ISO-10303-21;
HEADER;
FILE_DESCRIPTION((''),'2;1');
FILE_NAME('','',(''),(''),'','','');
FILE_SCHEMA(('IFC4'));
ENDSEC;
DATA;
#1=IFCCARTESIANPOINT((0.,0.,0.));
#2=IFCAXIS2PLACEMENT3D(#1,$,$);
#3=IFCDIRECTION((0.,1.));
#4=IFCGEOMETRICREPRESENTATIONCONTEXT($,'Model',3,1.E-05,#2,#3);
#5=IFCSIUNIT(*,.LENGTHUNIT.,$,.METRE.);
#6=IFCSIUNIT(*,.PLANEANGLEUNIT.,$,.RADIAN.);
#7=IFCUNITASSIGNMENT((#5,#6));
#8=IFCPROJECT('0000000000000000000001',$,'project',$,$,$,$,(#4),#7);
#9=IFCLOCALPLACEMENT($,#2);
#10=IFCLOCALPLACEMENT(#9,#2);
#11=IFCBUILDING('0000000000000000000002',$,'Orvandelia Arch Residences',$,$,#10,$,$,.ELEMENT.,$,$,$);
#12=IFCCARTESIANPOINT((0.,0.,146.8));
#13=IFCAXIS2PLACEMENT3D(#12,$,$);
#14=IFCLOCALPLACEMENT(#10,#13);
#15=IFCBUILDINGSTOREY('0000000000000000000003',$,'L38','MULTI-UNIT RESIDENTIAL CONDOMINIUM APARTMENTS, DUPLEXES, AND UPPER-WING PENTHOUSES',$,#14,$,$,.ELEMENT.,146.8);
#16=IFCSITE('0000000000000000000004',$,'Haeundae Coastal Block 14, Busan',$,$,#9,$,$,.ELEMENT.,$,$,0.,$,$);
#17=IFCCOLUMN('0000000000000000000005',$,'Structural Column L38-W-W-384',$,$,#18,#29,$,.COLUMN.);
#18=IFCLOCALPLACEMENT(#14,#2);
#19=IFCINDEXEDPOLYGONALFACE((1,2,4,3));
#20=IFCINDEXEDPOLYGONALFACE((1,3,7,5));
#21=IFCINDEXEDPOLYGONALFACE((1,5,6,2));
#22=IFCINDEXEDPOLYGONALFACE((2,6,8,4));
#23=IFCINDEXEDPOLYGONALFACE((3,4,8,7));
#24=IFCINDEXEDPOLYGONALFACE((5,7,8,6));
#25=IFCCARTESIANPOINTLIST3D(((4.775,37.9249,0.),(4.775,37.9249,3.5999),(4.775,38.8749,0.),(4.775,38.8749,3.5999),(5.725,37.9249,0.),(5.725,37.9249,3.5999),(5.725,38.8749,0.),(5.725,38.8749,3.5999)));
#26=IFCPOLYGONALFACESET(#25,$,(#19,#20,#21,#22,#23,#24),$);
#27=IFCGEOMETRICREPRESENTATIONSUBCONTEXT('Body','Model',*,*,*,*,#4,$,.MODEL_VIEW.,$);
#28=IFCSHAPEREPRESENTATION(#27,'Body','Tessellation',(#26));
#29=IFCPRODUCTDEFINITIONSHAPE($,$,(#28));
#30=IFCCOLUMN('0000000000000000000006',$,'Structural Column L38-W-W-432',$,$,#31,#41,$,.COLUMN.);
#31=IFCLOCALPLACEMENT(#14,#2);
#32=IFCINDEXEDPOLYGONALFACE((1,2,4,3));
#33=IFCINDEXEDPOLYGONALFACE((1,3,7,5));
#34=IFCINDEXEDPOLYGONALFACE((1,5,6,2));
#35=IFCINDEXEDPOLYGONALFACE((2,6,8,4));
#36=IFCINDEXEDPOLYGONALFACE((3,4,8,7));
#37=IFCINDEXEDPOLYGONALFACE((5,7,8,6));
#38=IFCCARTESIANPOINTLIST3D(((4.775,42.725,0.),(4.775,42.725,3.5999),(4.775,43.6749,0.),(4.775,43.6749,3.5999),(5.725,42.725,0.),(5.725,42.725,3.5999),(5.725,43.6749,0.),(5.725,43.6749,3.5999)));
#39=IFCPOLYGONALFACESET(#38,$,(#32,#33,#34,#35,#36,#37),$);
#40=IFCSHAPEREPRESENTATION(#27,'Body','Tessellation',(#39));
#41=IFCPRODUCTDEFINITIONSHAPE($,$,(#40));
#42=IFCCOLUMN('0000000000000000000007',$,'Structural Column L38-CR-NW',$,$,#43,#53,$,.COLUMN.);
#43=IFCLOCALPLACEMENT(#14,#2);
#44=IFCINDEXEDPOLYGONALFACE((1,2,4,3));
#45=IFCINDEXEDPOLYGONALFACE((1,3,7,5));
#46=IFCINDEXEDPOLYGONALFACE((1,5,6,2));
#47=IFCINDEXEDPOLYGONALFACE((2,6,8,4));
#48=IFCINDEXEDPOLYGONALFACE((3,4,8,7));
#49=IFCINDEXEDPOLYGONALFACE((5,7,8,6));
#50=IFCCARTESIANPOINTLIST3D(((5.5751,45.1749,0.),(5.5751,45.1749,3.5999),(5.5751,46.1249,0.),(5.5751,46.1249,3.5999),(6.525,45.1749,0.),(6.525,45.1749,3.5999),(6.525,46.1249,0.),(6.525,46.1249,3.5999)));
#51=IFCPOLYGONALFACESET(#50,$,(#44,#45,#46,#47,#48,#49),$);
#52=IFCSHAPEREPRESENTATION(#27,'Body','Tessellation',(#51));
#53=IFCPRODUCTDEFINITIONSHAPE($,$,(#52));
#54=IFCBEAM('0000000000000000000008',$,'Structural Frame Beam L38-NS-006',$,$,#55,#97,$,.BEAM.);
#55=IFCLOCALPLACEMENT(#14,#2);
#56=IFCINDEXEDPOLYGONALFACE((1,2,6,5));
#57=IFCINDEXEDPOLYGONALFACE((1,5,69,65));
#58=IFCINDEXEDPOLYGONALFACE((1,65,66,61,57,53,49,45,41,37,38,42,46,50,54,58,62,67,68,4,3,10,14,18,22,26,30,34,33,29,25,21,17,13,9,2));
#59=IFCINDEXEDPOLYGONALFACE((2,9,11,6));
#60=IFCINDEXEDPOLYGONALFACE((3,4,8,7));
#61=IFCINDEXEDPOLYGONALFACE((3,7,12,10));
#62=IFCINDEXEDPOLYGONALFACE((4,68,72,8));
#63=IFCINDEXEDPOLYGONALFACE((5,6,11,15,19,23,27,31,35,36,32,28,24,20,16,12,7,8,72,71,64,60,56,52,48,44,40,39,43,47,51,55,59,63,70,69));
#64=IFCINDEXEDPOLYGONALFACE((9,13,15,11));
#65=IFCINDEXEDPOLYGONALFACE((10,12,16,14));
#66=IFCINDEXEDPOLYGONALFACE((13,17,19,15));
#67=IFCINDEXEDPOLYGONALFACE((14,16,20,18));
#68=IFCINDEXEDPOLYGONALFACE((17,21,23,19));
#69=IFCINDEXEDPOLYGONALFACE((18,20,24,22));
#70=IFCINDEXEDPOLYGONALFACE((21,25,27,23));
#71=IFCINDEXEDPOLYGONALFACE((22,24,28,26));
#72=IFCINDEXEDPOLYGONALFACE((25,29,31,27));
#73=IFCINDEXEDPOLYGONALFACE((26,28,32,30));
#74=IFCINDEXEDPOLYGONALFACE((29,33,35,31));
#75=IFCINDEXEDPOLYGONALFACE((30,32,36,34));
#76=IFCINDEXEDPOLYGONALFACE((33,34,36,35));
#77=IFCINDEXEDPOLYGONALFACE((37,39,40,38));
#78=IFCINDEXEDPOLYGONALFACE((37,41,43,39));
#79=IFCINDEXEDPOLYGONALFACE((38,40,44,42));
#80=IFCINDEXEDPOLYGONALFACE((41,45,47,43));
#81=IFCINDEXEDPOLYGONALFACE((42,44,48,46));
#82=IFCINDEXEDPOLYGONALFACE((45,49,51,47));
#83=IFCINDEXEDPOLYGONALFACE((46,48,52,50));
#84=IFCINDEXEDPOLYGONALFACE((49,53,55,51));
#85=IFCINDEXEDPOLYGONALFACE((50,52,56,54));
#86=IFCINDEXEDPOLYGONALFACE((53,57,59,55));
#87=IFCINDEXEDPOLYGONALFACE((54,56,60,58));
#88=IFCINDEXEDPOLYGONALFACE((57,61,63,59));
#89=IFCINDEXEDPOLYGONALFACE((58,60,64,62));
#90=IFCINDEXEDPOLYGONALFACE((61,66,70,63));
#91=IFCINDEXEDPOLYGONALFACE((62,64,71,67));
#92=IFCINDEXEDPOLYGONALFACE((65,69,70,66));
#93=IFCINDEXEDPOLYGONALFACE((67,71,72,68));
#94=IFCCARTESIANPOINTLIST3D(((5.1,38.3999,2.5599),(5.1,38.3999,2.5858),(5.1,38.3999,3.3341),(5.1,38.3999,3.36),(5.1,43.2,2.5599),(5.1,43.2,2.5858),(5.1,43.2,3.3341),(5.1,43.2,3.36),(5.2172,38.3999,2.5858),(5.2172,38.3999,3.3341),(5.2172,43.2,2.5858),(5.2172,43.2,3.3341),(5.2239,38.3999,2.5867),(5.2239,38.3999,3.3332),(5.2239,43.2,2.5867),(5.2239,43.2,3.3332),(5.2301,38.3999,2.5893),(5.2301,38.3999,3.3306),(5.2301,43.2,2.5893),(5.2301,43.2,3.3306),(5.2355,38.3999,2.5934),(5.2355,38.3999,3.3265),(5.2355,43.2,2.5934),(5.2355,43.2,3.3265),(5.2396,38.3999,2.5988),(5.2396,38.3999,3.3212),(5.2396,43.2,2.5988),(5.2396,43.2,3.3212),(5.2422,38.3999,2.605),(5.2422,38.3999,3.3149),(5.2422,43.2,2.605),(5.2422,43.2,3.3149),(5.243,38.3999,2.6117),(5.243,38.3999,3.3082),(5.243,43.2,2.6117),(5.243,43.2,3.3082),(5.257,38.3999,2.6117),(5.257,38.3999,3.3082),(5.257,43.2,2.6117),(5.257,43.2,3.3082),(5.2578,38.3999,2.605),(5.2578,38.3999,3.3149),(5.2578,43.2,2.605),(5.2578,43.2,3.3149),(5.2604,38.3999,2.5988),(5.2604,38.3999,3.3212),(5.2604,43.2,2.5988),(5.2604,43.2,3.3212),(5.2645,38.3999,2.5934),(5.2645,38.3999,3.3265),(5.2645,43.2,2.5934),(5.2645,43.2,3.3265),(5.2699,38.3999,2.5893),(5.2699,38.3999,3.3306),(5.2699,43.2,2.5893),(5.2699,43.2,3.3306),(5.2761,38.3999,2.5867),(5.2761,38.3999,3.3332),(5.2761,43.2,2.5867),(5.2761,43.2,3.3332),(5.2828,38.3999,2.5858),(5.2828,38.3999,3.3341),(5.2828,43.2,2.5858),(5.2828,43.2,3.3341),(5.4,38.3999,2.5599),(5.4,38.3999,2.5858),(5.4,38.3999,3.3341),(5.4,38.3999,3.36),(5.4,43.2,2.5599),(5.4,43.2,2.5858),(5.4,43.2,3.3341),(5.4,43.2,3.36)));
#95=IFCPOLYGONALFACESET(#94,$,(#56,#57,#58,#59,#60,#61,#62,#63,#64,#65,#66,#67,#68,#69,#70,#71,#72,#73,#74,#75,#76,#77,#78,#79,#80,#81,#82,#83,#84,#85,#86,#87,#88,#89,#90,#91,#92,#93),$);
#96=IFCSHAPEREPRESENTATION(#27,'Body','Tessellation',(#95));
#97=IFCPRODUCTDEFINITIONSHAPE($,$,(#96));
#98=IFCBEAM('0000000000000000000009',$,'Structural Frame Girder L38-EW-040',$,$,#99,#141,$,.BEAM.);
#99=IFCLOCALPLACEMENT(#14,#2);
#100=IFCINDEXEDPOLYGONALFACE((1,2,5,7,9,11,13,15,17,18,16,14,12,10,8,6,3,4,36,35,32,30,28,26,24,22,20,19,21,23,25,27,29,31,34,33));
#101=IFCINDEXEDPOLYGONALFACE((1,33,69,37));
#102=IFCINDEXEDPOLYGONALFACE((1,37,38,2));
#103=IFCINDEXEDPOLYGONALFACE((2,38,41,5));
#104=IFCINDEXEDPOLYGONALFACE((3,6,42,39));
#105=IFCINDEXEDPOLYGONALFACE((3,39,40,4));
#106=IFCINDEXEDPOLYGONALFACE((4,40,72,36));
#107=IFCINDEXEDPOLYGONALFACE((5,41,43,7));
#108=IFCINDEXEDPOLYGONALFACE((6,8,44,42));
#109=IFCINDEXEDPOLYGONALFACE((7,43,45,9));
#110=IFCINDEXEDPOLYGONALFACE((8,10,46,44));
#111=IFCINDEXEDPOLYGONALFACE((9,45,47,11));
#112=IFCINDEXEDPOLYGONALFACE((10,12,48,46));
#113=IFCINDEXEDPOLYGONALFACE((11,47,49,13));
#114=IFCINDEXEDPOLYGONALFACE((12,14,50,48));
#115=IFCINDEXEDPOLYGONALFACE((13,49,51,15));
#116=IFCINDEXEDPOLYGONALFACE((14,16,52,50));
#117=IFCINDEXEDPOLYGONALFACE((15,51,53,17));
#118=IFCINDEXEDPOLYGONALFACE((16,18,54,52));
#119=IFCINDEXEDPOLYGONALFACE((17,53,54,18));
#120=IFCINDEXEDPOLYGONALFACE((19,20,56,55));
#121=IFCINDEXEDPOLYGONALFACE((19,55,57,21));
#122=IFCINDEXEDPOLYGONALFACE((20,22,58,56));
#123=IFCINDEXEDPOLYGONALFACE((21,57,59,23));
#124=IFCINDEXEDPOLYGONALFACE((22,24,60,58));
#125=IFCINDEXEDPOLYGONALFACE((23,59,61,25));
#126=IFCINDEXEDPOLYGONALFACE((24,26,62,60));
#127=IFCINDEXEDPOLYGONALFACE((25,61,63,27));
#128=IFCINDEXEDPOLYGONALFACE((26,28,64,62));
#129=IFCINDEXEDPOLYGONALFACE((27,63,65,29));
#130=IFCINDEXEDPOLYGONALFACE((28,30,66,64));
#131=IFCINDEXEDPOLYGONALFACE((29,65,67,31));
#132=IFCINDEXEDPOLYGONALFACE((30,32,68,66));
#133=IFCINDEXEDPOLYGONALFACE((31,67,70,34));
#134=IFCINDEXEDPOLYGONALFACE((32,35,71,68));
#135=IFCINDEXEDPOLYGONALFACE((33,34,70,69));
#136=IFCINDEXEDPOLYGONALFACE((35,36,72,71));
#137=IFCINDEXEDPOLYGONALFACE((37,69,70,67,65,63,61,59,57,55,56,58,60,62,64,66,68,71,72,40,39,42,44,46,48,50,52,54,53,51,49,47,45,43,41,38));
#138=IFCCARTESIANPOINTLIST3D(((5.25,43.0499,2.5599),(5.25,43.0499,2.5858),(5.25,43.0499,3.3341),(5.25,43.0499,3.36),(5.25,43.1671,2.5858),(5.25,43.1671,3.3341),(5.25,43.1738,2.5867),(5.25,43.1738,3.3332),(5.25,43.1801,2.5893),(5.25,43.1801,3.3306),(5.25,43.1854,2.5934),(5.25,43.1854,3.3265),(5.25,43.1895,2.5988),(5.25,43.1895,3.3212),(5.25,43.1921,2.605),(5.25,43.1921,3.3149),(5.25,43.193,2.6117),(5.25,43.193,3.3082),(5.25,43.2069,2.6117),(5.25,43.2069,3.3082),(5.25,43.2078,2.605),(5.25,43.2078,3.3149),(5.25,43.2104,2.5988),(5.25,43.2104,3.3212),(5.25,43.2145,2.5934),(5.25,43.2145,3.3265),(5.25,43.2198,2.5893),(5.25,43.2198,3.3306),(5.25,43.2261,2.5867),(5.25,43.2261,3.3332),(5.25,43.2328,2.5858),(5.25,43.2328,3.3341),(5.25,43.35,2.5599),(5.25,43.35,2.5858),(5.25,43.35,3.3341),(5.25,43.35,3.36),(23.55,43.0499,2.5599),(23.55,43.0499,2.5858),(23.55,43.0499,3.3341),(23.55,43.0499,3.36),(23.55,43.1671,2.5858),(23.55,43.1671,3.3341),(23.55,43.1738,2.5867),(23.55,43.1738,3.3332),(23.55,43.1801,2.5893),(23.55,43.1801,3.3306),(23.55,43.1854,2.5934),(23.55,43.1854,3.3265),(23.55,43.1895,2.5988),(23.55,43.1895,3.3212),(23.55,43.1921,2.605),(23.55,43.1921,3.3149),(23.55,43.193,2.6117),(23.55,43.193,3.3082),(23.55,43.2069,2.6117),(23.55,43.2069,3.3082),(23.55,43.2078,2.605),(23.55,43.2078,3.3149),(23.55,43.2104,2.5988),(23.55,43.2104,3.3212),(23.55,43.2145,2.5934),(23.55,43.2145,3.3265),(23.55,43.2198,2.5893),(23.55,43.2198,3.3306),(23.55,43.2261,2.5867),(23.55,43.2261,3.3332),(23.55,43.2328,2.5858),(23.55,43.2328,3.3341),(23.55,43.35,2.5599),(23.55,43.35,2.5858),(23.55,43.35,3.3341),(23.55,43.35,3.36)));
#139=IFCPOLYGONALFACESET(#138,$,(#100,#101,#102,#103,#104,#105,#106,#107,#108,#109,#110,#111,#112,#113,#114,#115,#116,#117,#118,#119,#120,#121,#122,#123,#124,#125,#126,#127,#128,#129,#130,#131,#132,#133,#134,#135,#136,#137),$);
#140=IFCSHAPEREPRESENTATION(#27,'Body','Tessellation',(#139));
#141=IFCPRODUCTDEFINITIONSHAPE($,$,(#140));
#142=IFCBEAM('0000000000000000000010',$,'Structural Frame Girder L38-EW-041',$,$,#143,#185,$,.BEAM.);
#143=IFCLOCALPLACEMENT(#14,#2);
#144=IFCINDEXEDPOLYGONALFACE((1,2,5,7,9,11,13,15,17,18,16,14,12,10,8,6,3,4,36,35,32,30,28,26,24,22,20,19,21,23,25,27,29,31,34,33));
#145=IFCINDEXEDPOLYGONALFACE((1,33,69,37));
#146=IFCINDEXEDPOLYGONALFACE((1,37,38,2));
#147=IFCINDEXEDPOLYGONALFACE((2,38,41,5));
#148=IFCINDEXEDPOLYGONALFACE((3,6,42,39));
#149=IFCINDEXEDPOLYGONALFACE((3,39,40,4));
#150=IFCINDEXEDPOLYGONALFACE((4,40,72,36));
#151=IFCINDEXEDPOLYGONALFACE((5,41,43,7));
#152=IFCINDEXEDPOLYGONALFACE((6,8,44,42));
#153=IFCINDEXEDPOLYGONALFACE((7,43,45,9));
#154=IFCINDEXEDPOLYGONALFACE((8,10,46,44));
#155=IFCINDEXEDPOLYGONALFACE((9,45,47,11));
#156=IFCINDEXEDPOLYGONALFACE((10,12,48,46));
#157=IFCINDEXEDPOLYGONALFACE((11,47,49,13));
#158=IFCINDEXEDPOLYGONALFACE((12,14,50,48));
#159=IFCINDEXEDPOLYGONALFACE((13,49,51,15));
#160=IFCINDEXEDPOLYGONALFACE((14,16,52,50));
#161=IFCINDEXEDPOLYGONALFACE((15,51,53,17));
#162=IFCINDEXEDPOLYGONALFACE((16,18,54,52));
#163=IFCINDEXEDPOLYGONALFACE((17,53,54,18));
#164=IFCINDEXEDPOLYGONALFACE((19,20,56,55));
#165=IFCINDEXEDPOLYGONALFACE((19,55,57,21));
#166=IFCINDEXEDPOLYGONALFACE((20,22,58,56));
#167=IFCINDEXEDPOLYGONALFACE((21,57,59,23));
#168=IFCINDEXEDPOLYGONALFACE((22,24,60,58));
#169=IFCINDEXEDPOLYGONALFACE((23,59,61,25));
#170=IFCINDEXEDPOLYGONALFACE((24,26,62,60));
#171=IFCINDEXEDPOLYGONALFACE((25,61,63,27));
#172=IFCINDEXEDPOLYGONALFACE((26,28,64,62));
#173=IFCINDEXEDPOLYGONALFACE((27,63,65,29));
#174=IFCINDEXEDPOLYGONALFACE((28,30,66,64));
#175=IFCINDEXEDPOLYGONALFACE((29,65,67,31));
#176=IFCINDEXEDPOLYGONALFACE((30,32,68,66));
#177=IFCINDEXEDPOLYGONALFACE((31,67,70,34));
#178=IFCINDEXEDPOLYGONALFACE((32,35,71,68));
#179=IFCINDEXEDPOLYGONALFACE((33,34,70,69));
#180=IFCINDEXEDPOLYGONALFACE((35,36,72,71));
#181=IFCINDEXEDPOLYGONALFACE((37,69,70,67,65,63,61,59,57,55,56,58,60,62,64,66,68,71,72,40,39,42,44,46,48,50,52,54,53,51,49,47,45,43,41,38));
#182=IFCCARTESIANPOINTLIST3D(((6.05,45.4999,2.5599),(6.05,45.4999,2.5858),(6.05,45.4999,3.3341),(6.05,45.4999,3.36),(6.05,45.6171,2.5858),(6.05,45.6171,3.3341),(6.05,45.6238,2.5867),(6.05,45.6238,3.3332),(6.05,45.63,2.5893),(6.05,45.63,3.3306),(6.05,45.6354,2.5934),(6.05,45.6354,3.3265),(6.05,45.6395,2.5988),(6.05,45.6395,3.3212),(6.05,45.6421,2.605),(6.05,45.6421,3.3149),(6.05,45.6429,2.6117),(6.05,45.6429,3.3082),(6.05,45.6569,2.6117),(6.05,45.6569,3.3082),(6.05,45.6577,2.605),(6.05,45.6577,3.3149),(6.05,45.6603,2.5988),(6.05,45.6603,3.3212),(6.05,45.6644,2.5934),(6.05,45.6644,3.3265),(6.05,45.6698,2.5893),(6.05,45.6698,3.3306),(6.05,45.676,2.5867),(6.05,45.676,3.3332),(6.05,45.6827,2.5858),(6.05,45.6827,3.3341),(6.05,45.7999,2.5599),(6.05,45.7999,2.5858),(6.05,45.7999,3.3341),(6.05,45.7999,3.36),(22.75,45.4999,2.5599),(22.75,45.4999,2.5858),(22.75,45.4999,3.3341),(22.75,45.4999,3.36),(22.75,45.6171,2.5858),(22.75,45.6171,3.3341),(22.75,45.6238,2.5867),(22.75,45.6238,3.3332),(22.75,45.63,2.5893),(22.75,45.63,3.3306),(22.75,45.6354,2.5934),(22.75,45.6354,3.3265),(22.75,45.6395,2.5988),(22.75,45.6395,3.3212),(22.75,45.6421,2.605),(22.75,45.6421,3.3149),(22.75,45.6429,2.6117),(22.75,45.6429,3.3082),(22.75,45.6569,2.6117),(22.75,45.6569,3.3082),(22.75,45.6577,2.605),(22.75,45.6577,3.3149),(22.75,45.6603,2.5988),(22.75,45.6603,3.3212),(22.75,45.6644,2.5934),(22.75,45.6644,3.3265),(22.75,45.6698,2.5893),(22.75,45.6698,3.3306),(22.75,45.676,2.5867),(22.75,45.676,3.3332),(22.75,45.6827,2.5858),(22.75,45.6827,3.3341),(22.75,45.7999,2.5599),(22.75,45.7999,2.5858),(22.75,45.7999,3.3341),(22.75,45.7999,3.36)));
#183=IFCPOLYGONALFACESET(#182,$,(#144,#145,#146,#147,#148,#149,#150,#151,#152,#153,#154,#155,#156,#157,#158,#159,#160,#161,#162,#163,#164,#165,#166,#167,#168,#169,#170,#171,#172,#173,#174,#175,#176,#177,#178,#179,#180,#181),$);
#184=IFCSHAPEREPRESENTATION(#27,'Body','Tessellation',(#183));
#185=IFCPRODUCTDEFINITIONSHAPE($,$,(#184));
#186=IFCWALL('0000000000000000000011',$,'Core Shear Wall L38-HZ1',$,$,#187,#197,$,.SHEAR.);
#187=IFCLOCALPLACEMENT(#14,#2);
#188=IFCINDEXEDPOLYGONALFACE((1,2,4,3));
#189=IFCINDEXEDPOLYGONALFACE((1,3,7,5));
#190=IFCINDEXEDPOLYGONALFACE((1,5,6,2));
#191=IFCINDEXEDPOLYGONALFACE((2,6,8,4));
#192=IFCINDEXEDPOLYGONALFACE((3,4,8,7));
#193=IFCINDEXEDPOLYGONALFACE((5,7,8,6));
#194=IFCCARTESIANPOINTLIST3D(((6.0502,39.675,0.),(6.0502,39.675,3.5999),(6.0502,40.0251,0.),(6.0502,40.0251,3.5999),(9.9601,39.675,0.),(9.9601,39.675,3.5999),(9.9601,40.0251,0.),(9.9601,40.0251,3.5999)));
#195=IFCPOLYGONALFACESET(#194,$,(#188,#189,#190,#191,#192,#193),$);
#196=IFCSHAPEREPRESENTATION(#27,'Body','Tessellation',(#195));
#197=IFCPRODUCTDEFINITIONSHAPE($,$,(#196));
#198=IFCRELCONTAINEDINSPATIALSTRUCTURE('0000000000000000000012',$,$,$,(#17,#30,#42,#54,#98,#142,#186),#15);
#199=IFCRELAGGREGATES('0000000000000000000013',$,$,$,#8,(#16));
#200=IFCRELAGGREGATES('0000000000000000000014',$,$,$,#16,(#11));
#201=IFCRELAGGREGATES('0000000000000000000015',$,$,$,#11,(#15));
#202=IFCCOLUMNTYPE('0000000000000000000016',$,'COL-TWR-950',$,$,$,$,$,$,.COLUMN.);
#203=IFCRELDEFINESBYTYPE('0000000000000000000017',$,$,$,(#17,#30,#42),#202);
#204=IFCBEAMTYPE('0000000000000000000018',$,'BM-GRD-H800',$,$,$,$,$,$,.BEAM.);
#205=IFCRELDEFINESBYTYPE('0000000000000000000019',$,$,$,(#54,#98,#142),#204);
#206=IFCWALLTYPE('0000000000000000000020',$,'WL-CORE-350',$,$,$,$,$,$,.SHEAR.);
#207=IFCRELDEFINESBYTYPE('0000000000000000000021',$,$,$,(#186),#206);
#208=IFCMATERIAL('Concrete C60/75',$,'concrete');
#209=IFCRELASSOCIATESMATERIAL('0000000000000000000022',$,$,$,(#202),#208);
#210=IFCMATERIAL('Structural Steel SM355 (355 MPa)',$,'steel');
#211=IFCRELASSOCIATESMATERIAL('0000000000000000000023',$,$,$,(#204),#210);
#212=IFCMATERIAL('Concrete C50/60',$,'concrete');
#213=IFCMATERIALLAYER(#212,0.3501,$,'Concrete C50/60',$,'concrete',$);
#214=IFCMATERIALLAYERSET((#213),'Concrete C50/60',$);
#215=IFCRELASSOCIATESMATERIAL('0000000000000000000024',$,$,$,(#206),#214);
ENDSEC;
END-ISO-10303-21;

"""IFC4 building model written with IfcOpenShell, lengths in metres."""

from ifc_helpers import new_model, si_unit, direction, frame, frame_2d, origin, origin_2d, place, context, subcontext, project, spatial, rectangle, i_section, extrude, material, layer, layer_set, material_profile, profile_set, type_object, element, save


model = new_model("IFC4")

# Units and contexts
model_context = context("Model", 3, precision=1e-05, world=origin(), true_north=direction((0.0, 1.0)))
body_context = subcontext(model_context, "Body", "Model", "MODEL_VIEW")
ifc_project = project(units=[si_unit("LENGTHUNIT", "METRE"), si_unit("PLANEANGLEUNIT", "RADIAN")], contexts=[model_context])

# Site, building, storey
site_placement = place(None, origin())
site = spatial("IfcSite", under=ifc_project, at=site_placement, Name="Haeundae Coastal Block 14, Busan", CompositionType="ELEMENT", RefElevation=0.0)
building_placement = place(site_placement, origin())
building = spatial("IfcBuilding", under=site, at=building_placement, Name="Orvandelia Arch Residences", CompositionType="ELEMENT")
storey_placement = place(building_placement, frame((0.0, 0.0, 146.8)))
storey = spatial("IfcBuildingStorey", under=building, at=storey_placement, Name="L38", Description="MULTI-UNIT RESIDENTIAL CONDOMINIUM APARTMENTS, DUPLEXES, AND UPPER-WING PENTHOUSES", CompositionType="ELEMENT", Elevation=146.8)

# Columns
ifc_material_1 = material(Name="Concrete C60/75", Category="concrete")
ifc_material_profile_1 = material_profile(ifc_material_1, rectangle(XDim=0.95, YDim=0.95, at=origin_2d()), Name="Concrete C60/75", Category="concrete")
ifc_profile_set_1 = profile_set([ifc_material_profile_1], Name="Concrete C60/75")
column_type = type_object("IfcColumnType", Name="COL-TWR-950", PredefinedType="COLUMN", material=ifc_profile_set_1)
for number, where, z_axis, x_axis, name in (
    (1, (5.25, 38.3999, 0.0), (0.0, 0.0, 1.0), (1.0, 0.0, 0.0), "Structural Column L38-W-W-384"),
    (2, (5.25, 43.2, 0.0), (0.0, 0.0, 1.0), (1.0, 0.0, 0.0), "Structural Column L38-W-W-432"),
    (3, (6.05, 45.6499, 0.0), (0.0, 0.0, 1.0), (1.0, 0.0, 0.0), "Structural Column L38-CR-NW"),
):
    element("IfcColumn", number, at=place(storey_placement, frame(where, z_axis=z_axis, x_axis=x_axis)), inside=storey, type_object=column_type, Name=name, PredefinedType="COLUMN", context=body_context, shape_type="SweptSolid", body=[
        extrude(rectangle(XDim=0.95, YDim=0.95, at=origin_2d()), origin(), (0.0, 0.0, 1.0), 3.5999),
    ])

# Beams
ifc_material_2 = material(Name="Structural Steel SM355 (355 MPa)", Category="steel")
ifc_material_profile_2 = material_profile(ifc_material_2, i_section(OverallWidth=0.3, OverallDepth=0.8, WebThickness=0.0139, FlangeThickness=0.0259, FilletRadius=0.0259, at=origin_2d()), Name="Structural Steel SM355 (355 MPa)", Category="steel")
ifc_profile_set_2 = profile_set([ifc_material_profile_2], Name="Structural Steel SM355 (355 MPa)")
beam_type = type_object("IfcBeamType", Name="BM-GRD-H800", PredefinedType="BEAM", material=ifc_profile_set_2)
beam_1_placement = place(storey_placement, frame((5.25, 38.3999, 2.96), z_axis=(0.0, 1.0, 0.0), x_axis=(-1.0, 0.0, 0.0)))
element("IfcBeam", 4, at=beam_1_placement, inside=storey, type_object=beam_type, Name="Structural Frame Beam L38-NS-006", PredefinedType="BEAM", context=body_context, shape_type="SweptSolid", body=[
    extrude(i_section(OverallWidth=0.3, OverallDepth=0.8, WebThickness=0.0139, FlangeThickness=0.0259, FilletRadius=0.0259, at=origin_2d()), origin(), (0.0, 0.0, 1.0), 4.8),
])
beam_2_placement = place(storey_placement, frame((5.25, 43.2, 2.96), z_axis=(1.0, 0.0, 0.0), x_axis=(0.0, 1.0, 0.0)))
element("IfcBeam", 5, at=beam_2_placement, inside=storey, type_object=beam_type, Name="Structural Frame Girder L38-EW-040", PredefinedType="BEAM", context=body_context, shape_type="SweptSolid", body=[
    extrude(i_section(OverallWidth=0.3, OverallDepth=0.8, WebThickness=0.0139, FlangeThickness=0.0259, FilletRadius=0.0259, at=origin_2d()), origin(), (0.0, 0.0, 1.0), 18.3),
])
beam_3_placement = place(storey_placement, frame((6.05, 45.6499, 2.96), z_axis=(1.0, 0.0, 0.0), x_axis=(0.0, 1.0, 0.0)))
element("IfcBeam", 6, at=beam_3_placement, inside=storey, type_object=beam_type, Name="Structural Frame Girder L38-EW-041", PredefinedType="BEAM", context=body_context, shape_type="SweptSolid", body=[
    extrude(i_section(OverallWidth=0.3, OverallDepth=0.8, WebThickness=0.0139, FlangeThickness=0.0259, FilletRadius=0.0259, at=origin_2d()), origin(), (0.0, 0.0, 1.0), 16.7),
])

# Wall
ifc_material_3 = material(Name="Concrete C50/60", Category="concrete")
ifc_layer_1 = layer(ifc_material_3, 0.3501, Name="Concrete C50/60", Category="concrete")
ifc_layer_set_1 = layer_set([ifc_layer_1], Name="Concrete C50/60")
wall_type_1 = type_object("IfcWallType", Name="WL-CORE-350", PredefinedType="SHEAR", material=ifc_layer_set_1)
wall_1_placement = place(storey_placement, frame((6.05, 39.8501, 0.0), z_axis=(0.0, 0.0, 1.0), x_axis=(1.0, 0.0, 0.0)))
element("IfcWall", 7, at=wall_1_placement, inside=storey, type_object=wall_type_1, Name="Core Shear Wall L38-HZ1", PredefinedType="SHEAR", context=body_context, shape_type="SweptSolid", body=[
    extrude(rectangle(XDim=3.9099, YDim=0.3501, at=frame_2d((1.9551, 0.0))), origin(), (0.0, 0.0, 1.0), 3.5999),
])

save(model, "model.ifc")
